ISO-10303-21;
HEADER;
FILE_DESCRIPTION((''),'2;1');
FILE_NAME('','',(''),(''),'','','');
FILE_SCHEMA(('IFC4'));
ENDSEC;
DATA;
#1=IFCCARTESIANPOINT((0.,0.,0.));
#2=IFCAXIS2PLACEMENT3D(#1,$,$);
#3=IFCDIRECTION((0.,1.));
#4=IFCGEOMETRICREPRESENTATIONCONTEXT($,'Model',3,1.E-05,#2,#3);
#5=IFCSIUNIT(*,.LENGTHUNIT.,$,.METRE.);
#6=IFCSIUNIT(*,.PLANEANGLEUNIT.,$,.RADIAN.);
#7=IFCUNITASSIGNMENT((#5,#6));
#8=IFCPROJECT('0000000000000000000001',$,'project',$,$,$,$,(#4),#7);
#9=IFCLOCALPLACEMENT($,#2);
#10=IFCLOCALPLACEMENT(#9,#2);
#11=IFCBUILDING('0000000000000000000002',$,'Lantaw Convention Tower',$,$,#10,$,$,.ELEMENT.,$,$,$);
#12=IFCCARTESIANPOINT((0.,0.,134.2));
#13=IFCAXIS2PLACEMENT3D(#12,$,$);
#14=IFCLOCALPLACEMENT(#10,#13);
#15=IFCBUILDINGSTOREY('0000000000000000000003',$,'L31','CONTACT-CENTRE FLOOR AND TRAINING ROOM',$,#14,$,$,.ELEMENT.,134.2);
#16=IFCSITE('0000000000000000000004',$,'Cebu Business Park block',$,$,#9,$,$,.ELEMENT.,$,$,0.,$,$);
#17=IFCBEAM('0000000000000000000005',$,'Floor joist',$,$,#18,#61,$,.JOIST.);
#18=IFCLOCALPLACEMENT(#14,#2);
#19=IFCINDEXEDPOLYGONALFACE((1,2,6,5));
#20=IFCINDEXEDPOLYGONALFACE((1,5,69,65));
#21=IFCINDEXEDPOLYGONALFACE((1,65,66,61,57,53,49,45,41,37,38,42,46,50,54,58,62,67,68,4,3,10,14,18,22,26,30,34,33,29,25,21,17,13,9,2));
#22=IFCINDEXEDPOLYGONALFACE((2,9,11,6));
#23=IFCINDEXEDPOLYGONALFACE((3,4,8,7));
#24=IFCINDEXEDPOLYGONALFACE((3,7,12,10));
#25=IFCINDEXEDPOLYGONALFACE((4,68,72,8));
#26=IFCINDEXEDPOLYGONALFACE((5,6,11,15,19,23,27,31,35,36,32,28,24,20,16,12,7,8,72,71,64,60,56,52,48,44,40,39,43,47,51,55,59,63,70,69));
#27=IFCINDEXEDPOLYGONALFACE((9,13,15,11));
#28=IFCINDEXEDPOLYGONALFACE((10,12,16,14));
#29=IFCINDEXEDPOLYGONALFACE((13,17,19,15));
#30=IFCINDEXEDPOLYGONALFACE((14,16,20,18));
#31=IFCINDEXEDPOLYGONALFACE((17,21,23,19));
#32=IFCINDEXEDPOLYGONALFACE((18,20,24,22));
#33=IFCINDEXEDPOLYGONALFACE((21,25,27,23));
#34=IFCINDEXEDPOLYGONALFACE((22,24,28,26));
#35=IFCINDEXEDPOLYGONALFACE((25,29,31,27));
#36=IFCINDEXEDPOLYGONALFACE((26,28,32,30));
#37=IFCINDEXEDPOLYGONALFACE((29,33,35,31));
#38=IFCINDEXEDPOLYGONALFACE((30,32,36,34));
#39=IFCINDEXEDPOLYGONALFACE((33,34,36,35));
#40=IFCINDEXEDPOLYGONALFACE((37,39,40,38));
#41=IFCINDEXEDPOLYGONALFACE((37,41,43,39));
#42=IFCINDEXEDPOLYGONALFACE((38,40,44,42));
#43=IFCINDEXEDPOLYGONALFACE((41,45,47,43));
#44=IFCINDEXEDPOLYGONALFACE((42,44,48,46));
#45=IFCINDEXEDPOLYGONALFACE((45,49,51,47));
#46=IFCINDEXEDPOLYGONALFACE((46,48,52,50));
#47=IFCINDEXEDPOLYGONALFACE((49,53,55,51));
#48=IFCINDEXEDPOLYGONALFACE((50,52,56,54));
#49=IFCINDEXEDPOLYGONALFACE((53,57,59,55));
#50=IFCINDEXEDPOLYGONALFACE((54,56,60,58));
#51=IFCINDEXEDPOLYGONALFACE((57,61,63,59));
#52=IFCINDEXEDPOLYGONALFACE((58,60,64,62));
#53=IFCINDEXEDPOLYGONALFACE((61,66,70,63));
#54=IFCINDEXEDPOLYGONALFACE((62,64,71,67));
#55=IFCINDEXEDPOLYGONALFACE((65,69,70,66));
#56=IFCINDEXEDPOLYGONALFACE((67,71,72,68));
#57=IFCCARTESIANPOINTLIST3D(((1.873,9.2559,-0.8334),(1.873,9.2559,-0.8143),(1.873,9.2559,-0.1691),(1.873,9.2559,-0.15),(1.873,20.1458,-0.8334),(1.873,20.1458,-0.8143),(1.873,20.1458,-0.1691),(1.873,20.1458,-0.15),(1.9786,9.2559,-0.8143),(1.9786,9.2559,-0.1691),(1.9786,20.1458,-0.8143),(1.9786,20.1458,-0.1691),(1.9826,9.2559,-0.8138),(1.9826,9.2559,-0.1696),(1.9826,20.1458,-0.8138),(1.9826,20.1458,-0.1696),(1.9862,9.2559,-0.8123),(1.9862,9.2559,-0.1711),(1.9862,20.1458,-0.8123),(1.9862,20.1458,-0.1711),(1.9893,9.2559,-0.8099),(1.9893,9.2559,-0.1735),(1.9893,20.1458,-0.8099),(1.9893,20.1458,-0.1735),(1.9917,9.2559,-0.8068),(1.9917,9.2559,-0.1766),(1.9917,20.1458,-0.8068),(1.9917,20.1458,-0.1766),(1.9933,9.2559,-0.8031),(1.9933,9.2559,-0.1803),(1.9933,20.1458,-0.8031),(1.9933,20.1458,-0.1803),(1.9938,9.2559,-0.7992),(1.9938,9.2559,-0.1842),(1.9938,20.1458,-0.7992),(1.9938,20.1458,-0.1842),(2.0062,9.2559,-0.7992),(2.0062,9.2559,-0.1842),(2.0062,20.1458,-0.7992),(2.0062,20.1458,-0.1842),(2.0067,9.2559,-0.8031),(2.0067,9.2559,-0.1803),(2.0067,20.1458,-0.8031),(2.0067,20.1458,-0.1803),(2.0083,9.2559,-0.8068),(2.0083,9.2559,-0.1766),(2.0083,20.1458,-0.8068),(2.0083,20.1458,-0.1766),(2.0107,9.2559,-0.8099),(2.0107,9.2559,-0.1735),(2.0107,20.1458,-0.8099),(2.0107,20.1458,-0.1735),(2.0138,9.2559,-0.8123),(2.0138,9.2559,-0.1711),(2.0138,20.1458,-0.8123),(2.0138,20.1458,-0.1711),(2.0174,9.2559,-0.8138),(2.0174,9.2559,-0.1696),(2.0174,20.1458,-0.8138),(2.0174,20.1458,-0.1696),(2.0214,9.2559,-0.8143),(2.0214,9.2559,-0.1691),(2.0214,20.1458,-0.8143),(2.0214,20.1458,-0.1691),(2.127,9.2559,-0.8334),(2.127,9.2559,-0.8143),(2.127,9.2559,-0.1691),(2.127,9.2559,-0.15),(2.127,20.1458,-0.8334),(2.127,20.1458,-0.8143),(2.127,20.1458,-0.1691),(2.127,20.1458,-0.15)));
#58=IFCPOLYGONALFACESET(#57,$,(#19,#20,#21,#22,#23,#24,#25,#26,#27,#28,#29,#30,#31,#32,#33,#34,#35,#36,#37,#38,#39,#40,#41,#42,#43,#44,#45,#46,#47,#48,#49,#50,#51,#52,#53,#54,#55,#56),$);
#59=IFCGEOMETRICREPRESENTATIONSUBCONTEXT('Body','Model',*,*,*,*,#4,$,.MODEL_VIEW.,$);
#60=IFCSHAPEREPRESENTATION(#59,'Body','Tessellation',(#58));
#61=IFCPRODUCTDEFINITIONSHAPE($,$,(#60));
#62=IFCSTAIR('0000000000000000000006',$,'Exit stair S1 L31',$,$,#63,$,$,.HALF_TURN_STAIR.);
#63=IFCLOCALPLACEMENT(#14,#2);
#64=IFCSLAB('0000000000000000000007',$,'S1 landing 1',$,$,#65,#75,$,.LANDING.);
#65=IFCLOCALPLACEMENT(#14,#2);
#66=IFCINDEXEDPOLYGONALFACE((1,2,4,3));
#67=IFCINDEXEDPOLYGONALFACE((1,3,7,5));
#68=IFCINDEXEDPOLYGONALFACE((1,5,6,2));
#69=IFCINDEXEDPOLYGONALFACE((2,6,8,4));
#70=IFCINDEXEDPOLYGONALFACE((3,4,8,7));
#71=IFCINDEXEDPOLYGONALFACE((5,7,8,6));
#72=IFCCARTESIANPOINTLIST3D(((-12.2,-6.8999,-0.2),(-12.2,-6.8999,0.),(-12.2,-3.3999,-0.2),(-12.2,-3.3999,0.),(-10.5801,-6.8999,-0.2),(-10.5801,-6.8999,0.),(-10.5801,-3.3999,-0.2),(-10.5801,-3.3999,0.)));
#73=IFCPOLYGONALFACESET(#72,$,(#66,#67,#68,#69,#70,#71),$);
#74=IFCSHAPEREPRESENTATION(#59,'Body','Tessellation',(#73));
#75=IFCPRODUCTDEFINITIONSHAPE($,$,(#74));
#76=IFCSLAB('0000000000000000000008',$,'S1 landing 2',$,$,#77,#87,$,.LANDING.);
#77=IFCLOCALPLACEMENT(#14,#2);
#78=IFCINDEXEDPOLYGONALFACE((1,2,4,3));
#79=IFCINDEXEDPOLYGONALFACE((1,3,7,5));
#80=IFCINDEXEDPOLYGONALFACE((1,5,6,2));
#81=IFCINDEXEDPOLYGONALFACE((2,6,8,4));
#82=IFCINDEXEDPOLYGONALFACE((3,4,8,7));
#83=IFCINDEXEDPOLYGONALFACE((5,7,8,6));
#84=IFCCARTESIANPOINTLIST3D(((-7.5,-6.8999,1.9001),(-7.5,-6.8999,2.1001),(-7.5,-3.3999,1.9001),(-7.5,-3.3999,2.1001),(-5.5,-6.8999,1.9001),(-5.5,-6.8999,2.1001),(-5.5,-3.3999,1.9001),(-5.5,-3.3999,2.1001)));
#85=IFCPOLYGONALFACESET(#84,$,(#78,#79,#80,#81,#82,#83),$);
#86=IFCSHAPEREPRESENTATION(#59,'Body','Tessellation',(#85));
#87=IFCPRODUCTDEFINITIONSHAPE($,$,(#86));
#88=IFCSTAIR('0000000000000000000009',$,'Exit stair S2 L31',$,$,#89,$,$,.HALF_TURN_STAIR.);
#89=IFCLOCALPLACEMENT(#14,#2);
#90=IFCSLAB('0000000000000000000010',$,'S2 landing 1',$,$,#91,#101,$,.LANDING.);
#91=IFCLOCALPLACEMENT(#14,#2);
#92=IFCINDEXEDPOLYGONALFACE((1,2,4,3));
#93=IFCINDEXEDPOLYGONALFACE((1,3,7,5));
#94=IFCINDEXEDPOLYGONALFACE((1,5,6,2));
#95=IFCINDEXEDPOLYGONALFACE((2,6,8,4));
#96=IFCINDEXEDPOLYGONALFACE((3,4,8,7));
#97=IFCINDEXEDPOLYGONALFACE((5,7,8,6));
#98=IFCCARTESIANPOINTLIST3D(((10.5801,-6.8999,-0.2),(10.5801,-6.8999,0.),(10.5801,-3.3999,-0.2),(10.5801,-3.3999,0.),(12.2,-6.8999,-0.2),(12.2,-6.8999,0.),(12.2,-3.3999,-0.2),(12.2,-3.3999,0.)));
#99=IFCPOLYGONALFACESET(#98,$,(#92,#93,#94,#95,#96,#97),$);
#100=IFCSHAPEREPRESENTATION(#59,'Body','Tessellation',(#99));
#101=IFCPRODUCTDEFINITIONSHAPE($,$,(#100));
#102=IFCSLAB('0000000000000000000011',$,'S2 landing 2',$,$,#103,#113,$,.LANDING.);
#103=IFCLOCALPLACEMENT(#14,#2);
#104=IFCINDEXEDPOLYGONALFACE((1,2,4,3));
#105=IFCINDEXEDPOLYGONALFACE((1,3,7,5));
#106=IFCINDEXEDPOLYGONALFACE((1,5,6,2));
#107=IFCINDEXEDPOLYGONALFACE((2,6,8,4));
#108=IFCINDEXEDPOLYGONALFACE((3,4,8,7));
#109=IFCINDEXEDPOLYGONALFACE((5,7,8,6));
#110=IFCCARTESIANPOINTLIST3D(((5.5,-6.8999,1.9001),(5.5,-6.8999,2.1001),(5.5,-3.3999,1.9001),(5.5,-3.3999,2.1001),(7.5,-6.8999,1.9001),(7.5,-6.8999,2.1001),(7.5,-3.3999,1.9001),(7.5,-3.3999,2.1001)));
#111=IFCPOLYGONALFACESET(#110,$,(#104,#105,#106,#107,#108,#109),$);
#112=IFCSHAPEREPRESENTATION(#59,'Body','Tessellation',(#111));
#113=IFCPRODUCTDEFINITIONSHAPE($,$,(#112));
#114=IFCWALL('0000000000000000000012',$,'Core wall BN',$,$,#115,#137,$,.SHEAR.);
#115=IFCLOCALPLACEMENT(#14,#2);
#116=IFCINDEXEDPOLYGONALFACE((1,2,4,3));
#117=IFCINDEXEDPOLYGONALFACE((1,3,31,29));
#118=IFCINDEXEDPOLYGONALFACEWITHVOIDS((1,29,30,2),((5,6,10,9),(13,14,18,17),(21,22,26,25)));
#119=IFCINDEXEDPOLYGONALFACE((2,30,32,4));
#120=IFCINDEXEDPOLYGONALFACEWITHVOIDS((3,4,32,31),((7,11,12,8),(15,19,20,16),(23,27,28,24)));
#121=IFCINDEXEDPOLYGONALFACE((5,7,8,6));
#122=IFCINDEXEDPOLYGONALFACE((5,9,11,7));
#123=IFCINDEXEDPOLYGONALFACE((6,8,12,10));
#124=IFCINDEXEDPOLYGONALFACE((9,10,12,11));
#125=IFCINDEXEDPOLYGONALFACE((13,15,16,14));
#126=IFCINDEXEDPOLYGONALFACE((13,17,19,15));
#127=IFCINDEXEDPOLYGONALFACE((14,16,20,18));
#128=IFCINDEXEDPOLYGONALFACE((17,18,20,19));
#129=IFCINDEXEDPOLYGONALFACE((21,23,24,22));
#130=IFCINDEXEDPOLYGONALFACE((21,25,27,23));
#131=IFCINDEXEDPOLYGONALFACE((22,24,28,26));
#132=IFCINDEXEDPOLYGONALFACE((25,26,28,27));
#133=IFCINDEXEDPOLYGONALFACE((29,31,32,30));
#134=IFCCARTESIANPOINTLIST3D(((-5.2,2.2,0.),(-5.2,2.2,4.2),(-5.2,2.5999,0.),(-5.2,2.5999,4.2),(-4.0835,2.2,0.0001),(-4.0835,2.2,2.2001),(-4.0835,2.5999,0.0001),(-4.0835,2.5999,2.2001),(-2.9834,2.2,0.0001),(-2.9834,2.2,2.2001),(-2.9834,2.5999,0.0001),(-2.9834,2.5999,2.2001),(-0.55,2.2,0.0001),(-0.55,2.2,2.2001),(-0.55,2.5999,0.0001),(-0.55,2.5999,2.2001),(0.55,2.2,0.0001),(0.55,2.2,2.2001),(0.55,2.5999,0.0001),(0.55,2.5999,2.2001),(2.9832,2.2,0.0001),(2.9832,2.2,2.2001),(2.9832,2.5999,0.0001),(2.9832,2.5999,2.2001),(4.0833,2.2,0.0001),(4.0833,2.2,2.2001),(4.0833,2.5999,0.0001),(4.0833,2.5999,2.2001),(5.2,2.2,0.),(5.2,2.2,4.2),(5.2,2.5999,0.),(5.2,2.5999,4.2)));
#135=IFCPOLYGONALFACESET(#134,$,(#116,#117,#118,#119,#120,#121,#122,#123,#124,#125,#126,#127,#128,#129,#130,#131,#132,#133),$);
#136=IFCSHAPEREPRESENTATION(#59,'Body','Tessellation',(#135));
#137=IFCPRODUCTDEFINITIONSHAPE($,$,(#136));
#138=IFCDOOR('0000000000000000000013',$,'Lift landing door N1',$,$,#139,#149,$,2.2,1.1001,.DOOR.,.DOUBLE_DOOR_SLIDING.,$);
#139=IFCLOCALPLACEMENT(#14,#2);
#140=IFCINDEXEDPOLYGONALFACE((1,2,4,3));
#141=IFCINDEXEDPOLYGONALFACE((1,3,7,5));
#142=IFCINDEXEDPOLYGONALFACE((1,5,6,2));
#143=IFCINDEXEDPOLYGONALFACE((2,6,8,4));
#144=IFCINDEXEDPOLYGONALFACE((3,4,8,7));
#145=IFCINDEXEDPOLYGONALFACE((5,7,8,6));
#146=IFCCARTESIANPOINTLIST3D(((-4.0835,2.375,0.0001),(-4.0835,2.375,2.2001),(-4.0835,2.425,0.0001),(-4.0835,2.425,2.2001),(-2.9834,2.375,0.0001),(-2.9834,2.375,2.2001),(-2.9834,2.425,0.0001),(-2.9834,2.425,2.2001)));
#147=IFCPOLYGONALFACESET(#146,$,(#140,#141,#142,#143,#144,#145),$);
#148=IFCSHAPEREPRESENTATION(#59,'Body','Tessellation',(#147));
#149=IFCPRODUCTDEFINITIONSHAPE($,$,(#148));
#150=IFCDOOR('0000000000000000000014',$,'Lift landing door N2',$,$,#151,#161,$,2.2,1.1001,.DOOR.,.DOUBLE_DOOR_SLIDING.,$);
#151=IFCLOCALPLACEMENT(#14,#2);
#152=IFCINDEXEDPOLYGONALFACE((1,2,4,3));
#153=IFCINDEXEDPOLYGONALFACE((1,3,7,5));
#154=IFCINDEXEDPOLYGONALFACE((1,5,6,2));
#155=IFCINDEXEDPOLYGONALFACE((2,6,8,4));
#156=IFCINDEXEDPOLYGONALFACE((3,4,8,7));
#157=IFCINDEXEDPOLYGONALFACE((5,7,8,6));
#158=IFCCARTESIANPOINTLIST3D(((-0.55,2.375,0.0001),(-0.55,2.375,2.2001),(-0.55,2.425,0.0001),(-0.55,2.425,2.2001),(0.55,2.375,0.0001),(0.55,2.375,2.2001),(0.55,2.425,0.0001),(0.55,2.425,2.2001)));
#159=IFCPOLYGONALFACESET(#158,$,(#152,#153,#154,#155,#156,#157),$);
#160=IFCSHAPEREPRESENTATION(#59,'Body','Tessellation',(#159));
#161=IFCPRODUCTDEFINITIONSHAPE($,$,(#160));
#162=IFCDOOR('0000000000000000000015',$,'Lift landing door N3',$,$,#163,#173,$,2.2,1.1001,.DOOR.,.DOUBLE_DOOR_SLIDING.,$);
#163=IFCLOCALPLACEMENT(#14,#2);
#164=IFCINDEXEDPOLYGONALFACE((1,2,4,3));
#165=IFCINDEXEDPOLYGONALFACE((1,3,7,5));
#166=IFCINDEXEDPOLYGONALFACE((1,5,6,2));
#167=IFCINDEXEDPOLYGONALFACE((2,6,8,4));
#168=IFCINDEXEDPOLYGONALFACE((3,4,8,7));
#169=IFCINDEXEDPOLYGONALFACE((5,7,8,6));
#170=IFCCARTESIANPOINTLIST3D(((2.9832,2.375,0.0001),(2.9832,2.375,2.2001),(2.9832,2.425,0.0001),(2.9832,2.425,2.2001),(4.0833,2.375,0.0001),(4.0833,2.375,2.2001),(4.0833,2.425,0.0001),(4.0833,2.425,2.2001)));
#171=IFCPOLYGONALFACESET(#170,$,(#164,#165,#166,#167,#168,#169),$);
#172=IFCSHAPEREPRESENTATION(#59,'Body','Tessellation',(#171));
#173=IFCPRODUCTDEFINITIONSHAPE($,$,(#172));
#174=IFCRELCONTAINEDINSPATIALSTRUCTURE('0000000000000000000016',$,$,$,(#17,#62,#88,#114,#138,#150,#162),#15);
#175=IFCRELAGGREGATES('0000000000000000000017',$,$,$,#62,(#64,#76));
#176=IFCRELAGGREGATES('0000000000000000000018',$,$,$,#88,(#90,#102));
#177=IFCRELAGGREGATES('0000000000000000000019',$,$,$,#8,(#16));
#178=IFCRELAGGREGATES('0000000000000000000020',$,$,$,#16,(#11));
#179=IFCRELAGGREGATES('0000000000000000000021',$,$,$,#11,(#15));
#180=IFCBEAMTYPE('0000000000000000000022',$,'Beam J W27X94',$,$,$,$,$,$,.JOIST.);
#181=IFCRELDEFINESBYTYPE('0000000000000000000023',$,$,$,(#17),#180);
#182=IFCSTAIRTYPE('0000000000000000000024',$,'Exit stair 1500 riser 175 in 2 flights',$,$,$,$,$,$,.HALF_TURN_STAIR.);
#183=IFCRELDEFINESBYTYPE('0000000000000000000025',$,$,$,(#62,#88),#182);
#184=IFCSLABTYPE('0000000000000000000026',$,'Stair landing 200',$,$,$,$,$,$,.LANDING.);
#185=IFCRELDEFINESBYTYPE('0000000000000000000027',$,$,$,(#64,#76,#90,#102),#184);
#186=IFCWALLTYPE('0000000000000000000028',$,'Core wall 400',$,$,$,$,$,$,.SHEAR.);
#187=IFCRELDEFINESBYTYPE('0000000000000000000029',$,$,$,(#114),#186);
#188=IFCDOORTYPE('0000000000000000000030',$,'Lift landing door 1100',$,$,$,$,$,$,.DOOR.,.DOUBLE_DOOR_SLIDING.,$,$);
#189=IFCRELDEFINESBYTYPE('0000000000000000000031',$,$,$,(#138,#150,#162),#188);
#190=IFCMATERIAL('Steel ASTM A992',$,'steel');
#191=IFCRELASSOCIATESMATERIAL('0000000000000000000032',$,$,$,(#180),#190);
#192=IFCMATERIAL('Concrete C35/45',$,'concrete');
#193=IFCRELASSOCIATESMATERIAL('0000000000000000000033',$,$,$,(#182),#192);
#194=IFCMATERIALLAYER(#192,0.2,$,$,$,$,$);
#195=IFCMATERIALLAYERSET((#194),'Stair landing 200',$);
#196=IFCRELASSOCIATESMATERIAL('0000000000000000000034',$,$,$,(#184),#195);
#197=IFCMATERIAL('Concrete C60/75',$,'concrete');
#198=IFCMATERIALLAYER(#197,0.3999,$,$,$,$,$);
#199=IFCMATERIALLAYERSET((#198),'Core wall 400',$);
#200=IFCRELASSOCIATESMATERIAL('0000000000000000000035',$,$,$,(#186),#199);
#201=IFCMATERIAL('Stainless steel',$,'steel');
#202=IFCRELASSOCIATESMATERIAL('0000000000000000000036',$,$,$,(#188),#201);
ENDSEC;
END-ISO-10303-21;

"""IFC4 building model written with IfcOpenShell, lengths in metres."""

from ifc_helpers import new_model, si_unit, direction, frame, frame_2d, origin, origin_2d, place, context, subcontext, project, spatial, polyline, rectangle, i_section, outline, extrude, material, layer, layer_set, material_profile, profile_set, type_object, element, fill, aggregate, save


model = new_model("IFC4")

# Units and contexts
model_context = context("Model", 3, precision=1e-05, world=origin(), true_north=direction((0.0, 1.0)))
body_context = subcontext(model_context, "Body", "Model", "MODEL_VIEW")
ifc_project = project(units=[si_unit("LENGTHUNIT", "METRE"), si_unit("PLANEANGLEUNIT", "RADIAN")], contexts=[model_context])

# Site, building, storey
site_placement = place(None, origin())
site = spatial("IfcSite", under=ifc_project, at=site_placement, Name="Cebu Business Park block", CompositionType="ELEMENT", RefElevation=0.0)
building_placement = place(site_placement, origin())
building = spatial("IfcBuilding", under=site, at=building_placement, Name="Lantaw Convention Tower", CompositionType="ELEMENT")
storey_placement = place(building_placement, frame((0.0, 0.0, 134.2)))
storey = spatial("IfcBuildingStorey", under=building, at=storey_placement, Name="L31", Description="CONTACT-CENTRE FLOOR AND TRAINING ROOM", CompositionType="ELEMENT", Elevation=134.2)

# Beam
ifc_material_1 = material(Name="Steel ASTM A992", Category="steel")
ifc_material_profile_1 = material_profile(ifc_material_1, i_section(OverallWidth=0.2539, OverallDepth=0.6833, WebThickness=0.0125, FlangeThickness=0.019, FilletRadius=0.0151, at=origin_2d()), Name="W27X94")
ifc_profile_set_1 = profile_set([ifc_material_profile_1], Name="Steel ASTM A992")
beam_type_1 = type_object("IfcBeamType", Name="Beam J W27X94", PredefinedType="JOIST", material=ifc_profile_set_1)
beam_1_placement = place(storey_placement, frame((2.0, 9.2559, -0.4917), z_axis=(0.0, 1.0, 0.0), x_axis=(-1.0, 0.0, 0.0)))
element("IfcBeam", 1, at=beam_1_placement, inside=storey, type_object=beam_type_1, Name="Floor joist", PredefinedType="JOIST", context=body_context, shape_type="SweptSolid", body=[
    extrude(i_section(OverallWidth=0.2539, OverallDepth=0.6833, WebThickness=0.0125, FlangeThickness=0.019, FilletRadius=0.0151, at=origin_2d()), origin(), (0.0, 0.0, 1.0), 10.8899),
])

# Stairs, slabs
ifc_material_2 = material(Name="Concrete C35/45", Category="concrete")
stair_type = type_object("IfcStairType", Name="Exit stair 1500 riser 175 in 2 flights", PredefinedType="HALF_TURN_STAIR", material=ifc_material_2)
stair_1_placement = place(storey_placement, origin())
stair_1 = element("IfcStair", 2, at=stair_1_placement, inside=storey, type_object=stair_type, Name="Exit stair S1 L31", PredefinedType="HALF_TURN_STAIR")
ifc_layer_1 = layer(ifc_material_2, 0.2)
ifc_layer_set_1 = layer_set([ifc_layer_1], Name="Stair landing 200")
slab_type = type_object("IfcSlabType", Name="Stair landing 200", PredefinedType="LANDING", material=ifc_layer_set_1)
slab_1_placement = place(storey_placement, frame((0.0, 0.0, -0.2)))
slab_1 = element("IfcSlab", 3, at=slab_1_placement, type_object=slab_type, Name="S1 landing 1", PredefinedType="LANDING", context=body_context, shape_type="SweptSolid", body=[
    extrude(outline(polyline([(-12.2, -6.8999), (-10.5801, -6.8999), (-10.5801, -3.3999), (-12.2, -3.3999), (-12.2, -6.8999)])), origin(), (0.0, 0.0, 1.0), 0.2),
])
slab_2_placement = place(storey_placement, frame((0.0, 0.0, 1.9001)))
slab_2 = element("IfcSlab", 4, at=slab_2_placement, type_object=slab_type, Name="S1 landing 2", PredefinedType="LANDING", context=body_context, shape_type="SweptSolid", body=[
    extrude(outline(polyline([(-7.5, -6.8999), (-5.5, -6.8999), (-5.5, -3.3999), (-7.5, -3.3999), (-7.5, -6.8999)])), origin(), (0.0, 0.0, 1.0), 0.2),
])
aggregate(stair_1, [slab_1, slab_2])
stair_2_placement = place(storey_placement, origin())
stair_2 = element("IfcStair", 5, at=stair_2_placement, inside=storey, type_object=stair_type, Name="Exit stair S2 L31", PredefinedType="HALF_TURN_STAIR")
slab_3_placement = place(storey_placement, frame((0.0, 0.0, -0.2)))
slab_3 = element("IfcSlab", 6, at=slab_3_placement, type_object=slab_type, Name="S2 landing 1", PredefinedType="LANDING", context=body_context, shape_type="SweptSolid", body=[
    extrude(outline(polyline([(10.5801, -6.8999), (12.2, -6.8999), (12.2, -3.3999), (10.5801, -3.3999), (10.5801, -6.8999)])), origin(), (0.0, 0.0, 1.0), 0.2),
])
slab_4_placement = place(storey_placement, frame((0.0, 0.0, 1.9001)))
slab_4 = element("IfcSlab", 7, at=slab_4_placement, type_object=slab_type, Name="S2 landing 2", PredefinedType="LANDING", context=body_context, shape_type="SweptSolid", body=[
    extrude(outline(polyline([(5.5, -6.8999), (7.5, -6.8999), (7.5, -3.3999), (5.5, -3.3999), (5.5, -6.8999)])), origin(), (0.0, 0.0, 1.0), 0.2),
])
aggregate(stair_2, [slab_3, slab_4])

# Wall, openings, doors
ifc_material_3 = material(Name="Concrete C60/75", Category="concrete")
ifc_layer_2 = layer(ifc_material_3, 0.3999)
ifc_layer_set_2 = layer_set([ifc_layer_2], Name="Core wall 400")
wall_type_1 = type_object("IfcWallType", Name="Core wall 400", PredefinedType="SHEAR", material=ifc_layer_set_2)
wall_1_placement = place(storey_placement, frame((5.2, 2.3999, 0.0), z_axis=(0.0, 0.0, 1.0), x_axis=(-1.0, 0.0, 0.0)))
wall_1 = element("IfcWall", 8, at=wall_1_placement, inside=storey, type_object=wall_type_1, Name="Core wall BN", PredefinedType="SHEAR", context=body_context, shape_type="SweptSolid", body=[
    extrude(rectangle(XDim=10.3999, YDim=0.3999, at=frame_2d((5.2, 0.0))), origin(), (0.0, 0.0, 1.0), 4.2),
])
opening_1_placement = place(wall_1_placement, frame((8.1833, 0.0, 0.0)))
opening_1 = element("IfcOpeningElement", 9, at=opening_1_placement, cuts=wall_1, PredefinedType="OPENING", context=body_context, shape_type="SweptSolid", body=[
    extrude(rectangle(XDim=1.1001, YDim=2.2, at=frame_2d((0.55, 1.1001))), frame((0.0, 0.21, 0.0), z_axis=(0.0, -1.0, 0.0), x_axis=(1.0, 0.0, 0.0)), (0.0, 0.0, 1.0), 0.4199),
])
opening_2_placement = place(wall_1_placement, frame((4.6499, 0.0, 0.0)))
opening_2 = element("IfcOpeningElement", 10, at=opening_2_placement, cuts=wall_1, PredefinedType="OPENING", context=body_context, shape_type="SweptSolid", body=[
    extrude(rectangle(XDim=1.1001, YDim=2.2, at=frame_2d((0.55, 1.1001))), frame((0.0, 0.21, 0.0), z_axis=(0.0, -1.0, 0.0), x_axis=(1.0, 0.0, 0.0)), (0.0, 0.0, 1.0), 0.4199),
])
opening_3_placement = place(wall_1_placement, frame((1.1167, 0.0, 0.0)))
opening_3 = element("IfcOpeningElement", 11, at=opening_3_placement, cuts=wall_1, PredefinedType="OPENING", context=body_context, shape_type="SweptSolid", body=[
    extrude(rectangle(XDim=1.1001, YDim=2.2, at=frame_2d((0.55, 1.1001))), frame((0.0, 0.21, 0.0), z_axis=(0.0, -1.0, 0.0), x_axis=(1.0, 0.0, 0.0)), (0.0, 0.0, 1.0), 0.4199),
])
ifc_material_4 = material(Name="Stainless steel", Category="steel")
door_type = type_object("IfcDoorType", Name="Lift landing door 1100", OperationType="DOUBLE_DOOR_SLIDING", PredefinedType="DOOR", material=ifc_material_4)
door_1_placement = place(opening_1_placement, origin())
door_1 = element("IfcDoor", 12, at=door_1_placement, inside=storey, type_object=door_type, Name="Lift landing door N1", OperationType="DOUBLE_DOOR_SLIDING", OverallHeight=2.2, OverallWidth=1.1001, PredefinedType="DOOR", context=body_context, shape_type="SweptSolid", body=[
    extrude(rectangle(XDim=1.1001, YDim=2.2, at=frame_2d((0.55, 1.1001))), frame((0.0, 0.0249, 0.0), z_axis=(0.0, -1.0, 0.0), x_axis=(1.0, 0.0, 0.0)), (0.0, 0.0, 1.0), 0.05),
])
fill(opening_1, door_1)
door_2_placement = place(opening_2_placement, origin())
door_2 = element("IfcDoor", 13, at=door_2_placement, inside=storey, type_object=door_type, Name="Lift landing door N2", OperationType="DOUBLE_DOOR_SLIDING", OverallHeight=2.2, OverallWidth=1.1001, PredefinedType="DOOR", context=body_context, shape_type="SweptSolid", body=[
    extrude(rectangle(XDim=1.1001, YDim=2.2, at=frame_2d((0.55, 1.1001))), frame((0.0, 0.0249, 0.0), z_axis=(0.0, -1.0, 0.0), x_axis=(1.0, 0.0, 0.0)), (0.0, 0.0, 1.0), 0.05),
])
fill(opening_2, door_2)
door_3_placement = place(opening_3_placement, origin())
door_3 = element("IfcDoor", 14, at=door_3_placement, inside=storey, type_object=door_type, Name="Lift landing door N3", OperationType="DOUBLE_DOOR_SLIDING", OverallHeight=2.2, OverallWidth=1.1001, PredefinedType="DOOR", context=body_context, shape_type="SweptSolid", body=[
    extrude(rectangle(XDim=1.1001, YDim=2.2, at=frame_2d((0.55, 1.1001))), frame((0.0, 0.0249, 0.0), z_axis=(0.0, -1.0, 0.0), x_axis=(1.0, 0.0, 0.0)), (0.0, 0.0, 1.0), 0.05),
])
fill(opening_3, door_3)

save(model, "model.ifc")
